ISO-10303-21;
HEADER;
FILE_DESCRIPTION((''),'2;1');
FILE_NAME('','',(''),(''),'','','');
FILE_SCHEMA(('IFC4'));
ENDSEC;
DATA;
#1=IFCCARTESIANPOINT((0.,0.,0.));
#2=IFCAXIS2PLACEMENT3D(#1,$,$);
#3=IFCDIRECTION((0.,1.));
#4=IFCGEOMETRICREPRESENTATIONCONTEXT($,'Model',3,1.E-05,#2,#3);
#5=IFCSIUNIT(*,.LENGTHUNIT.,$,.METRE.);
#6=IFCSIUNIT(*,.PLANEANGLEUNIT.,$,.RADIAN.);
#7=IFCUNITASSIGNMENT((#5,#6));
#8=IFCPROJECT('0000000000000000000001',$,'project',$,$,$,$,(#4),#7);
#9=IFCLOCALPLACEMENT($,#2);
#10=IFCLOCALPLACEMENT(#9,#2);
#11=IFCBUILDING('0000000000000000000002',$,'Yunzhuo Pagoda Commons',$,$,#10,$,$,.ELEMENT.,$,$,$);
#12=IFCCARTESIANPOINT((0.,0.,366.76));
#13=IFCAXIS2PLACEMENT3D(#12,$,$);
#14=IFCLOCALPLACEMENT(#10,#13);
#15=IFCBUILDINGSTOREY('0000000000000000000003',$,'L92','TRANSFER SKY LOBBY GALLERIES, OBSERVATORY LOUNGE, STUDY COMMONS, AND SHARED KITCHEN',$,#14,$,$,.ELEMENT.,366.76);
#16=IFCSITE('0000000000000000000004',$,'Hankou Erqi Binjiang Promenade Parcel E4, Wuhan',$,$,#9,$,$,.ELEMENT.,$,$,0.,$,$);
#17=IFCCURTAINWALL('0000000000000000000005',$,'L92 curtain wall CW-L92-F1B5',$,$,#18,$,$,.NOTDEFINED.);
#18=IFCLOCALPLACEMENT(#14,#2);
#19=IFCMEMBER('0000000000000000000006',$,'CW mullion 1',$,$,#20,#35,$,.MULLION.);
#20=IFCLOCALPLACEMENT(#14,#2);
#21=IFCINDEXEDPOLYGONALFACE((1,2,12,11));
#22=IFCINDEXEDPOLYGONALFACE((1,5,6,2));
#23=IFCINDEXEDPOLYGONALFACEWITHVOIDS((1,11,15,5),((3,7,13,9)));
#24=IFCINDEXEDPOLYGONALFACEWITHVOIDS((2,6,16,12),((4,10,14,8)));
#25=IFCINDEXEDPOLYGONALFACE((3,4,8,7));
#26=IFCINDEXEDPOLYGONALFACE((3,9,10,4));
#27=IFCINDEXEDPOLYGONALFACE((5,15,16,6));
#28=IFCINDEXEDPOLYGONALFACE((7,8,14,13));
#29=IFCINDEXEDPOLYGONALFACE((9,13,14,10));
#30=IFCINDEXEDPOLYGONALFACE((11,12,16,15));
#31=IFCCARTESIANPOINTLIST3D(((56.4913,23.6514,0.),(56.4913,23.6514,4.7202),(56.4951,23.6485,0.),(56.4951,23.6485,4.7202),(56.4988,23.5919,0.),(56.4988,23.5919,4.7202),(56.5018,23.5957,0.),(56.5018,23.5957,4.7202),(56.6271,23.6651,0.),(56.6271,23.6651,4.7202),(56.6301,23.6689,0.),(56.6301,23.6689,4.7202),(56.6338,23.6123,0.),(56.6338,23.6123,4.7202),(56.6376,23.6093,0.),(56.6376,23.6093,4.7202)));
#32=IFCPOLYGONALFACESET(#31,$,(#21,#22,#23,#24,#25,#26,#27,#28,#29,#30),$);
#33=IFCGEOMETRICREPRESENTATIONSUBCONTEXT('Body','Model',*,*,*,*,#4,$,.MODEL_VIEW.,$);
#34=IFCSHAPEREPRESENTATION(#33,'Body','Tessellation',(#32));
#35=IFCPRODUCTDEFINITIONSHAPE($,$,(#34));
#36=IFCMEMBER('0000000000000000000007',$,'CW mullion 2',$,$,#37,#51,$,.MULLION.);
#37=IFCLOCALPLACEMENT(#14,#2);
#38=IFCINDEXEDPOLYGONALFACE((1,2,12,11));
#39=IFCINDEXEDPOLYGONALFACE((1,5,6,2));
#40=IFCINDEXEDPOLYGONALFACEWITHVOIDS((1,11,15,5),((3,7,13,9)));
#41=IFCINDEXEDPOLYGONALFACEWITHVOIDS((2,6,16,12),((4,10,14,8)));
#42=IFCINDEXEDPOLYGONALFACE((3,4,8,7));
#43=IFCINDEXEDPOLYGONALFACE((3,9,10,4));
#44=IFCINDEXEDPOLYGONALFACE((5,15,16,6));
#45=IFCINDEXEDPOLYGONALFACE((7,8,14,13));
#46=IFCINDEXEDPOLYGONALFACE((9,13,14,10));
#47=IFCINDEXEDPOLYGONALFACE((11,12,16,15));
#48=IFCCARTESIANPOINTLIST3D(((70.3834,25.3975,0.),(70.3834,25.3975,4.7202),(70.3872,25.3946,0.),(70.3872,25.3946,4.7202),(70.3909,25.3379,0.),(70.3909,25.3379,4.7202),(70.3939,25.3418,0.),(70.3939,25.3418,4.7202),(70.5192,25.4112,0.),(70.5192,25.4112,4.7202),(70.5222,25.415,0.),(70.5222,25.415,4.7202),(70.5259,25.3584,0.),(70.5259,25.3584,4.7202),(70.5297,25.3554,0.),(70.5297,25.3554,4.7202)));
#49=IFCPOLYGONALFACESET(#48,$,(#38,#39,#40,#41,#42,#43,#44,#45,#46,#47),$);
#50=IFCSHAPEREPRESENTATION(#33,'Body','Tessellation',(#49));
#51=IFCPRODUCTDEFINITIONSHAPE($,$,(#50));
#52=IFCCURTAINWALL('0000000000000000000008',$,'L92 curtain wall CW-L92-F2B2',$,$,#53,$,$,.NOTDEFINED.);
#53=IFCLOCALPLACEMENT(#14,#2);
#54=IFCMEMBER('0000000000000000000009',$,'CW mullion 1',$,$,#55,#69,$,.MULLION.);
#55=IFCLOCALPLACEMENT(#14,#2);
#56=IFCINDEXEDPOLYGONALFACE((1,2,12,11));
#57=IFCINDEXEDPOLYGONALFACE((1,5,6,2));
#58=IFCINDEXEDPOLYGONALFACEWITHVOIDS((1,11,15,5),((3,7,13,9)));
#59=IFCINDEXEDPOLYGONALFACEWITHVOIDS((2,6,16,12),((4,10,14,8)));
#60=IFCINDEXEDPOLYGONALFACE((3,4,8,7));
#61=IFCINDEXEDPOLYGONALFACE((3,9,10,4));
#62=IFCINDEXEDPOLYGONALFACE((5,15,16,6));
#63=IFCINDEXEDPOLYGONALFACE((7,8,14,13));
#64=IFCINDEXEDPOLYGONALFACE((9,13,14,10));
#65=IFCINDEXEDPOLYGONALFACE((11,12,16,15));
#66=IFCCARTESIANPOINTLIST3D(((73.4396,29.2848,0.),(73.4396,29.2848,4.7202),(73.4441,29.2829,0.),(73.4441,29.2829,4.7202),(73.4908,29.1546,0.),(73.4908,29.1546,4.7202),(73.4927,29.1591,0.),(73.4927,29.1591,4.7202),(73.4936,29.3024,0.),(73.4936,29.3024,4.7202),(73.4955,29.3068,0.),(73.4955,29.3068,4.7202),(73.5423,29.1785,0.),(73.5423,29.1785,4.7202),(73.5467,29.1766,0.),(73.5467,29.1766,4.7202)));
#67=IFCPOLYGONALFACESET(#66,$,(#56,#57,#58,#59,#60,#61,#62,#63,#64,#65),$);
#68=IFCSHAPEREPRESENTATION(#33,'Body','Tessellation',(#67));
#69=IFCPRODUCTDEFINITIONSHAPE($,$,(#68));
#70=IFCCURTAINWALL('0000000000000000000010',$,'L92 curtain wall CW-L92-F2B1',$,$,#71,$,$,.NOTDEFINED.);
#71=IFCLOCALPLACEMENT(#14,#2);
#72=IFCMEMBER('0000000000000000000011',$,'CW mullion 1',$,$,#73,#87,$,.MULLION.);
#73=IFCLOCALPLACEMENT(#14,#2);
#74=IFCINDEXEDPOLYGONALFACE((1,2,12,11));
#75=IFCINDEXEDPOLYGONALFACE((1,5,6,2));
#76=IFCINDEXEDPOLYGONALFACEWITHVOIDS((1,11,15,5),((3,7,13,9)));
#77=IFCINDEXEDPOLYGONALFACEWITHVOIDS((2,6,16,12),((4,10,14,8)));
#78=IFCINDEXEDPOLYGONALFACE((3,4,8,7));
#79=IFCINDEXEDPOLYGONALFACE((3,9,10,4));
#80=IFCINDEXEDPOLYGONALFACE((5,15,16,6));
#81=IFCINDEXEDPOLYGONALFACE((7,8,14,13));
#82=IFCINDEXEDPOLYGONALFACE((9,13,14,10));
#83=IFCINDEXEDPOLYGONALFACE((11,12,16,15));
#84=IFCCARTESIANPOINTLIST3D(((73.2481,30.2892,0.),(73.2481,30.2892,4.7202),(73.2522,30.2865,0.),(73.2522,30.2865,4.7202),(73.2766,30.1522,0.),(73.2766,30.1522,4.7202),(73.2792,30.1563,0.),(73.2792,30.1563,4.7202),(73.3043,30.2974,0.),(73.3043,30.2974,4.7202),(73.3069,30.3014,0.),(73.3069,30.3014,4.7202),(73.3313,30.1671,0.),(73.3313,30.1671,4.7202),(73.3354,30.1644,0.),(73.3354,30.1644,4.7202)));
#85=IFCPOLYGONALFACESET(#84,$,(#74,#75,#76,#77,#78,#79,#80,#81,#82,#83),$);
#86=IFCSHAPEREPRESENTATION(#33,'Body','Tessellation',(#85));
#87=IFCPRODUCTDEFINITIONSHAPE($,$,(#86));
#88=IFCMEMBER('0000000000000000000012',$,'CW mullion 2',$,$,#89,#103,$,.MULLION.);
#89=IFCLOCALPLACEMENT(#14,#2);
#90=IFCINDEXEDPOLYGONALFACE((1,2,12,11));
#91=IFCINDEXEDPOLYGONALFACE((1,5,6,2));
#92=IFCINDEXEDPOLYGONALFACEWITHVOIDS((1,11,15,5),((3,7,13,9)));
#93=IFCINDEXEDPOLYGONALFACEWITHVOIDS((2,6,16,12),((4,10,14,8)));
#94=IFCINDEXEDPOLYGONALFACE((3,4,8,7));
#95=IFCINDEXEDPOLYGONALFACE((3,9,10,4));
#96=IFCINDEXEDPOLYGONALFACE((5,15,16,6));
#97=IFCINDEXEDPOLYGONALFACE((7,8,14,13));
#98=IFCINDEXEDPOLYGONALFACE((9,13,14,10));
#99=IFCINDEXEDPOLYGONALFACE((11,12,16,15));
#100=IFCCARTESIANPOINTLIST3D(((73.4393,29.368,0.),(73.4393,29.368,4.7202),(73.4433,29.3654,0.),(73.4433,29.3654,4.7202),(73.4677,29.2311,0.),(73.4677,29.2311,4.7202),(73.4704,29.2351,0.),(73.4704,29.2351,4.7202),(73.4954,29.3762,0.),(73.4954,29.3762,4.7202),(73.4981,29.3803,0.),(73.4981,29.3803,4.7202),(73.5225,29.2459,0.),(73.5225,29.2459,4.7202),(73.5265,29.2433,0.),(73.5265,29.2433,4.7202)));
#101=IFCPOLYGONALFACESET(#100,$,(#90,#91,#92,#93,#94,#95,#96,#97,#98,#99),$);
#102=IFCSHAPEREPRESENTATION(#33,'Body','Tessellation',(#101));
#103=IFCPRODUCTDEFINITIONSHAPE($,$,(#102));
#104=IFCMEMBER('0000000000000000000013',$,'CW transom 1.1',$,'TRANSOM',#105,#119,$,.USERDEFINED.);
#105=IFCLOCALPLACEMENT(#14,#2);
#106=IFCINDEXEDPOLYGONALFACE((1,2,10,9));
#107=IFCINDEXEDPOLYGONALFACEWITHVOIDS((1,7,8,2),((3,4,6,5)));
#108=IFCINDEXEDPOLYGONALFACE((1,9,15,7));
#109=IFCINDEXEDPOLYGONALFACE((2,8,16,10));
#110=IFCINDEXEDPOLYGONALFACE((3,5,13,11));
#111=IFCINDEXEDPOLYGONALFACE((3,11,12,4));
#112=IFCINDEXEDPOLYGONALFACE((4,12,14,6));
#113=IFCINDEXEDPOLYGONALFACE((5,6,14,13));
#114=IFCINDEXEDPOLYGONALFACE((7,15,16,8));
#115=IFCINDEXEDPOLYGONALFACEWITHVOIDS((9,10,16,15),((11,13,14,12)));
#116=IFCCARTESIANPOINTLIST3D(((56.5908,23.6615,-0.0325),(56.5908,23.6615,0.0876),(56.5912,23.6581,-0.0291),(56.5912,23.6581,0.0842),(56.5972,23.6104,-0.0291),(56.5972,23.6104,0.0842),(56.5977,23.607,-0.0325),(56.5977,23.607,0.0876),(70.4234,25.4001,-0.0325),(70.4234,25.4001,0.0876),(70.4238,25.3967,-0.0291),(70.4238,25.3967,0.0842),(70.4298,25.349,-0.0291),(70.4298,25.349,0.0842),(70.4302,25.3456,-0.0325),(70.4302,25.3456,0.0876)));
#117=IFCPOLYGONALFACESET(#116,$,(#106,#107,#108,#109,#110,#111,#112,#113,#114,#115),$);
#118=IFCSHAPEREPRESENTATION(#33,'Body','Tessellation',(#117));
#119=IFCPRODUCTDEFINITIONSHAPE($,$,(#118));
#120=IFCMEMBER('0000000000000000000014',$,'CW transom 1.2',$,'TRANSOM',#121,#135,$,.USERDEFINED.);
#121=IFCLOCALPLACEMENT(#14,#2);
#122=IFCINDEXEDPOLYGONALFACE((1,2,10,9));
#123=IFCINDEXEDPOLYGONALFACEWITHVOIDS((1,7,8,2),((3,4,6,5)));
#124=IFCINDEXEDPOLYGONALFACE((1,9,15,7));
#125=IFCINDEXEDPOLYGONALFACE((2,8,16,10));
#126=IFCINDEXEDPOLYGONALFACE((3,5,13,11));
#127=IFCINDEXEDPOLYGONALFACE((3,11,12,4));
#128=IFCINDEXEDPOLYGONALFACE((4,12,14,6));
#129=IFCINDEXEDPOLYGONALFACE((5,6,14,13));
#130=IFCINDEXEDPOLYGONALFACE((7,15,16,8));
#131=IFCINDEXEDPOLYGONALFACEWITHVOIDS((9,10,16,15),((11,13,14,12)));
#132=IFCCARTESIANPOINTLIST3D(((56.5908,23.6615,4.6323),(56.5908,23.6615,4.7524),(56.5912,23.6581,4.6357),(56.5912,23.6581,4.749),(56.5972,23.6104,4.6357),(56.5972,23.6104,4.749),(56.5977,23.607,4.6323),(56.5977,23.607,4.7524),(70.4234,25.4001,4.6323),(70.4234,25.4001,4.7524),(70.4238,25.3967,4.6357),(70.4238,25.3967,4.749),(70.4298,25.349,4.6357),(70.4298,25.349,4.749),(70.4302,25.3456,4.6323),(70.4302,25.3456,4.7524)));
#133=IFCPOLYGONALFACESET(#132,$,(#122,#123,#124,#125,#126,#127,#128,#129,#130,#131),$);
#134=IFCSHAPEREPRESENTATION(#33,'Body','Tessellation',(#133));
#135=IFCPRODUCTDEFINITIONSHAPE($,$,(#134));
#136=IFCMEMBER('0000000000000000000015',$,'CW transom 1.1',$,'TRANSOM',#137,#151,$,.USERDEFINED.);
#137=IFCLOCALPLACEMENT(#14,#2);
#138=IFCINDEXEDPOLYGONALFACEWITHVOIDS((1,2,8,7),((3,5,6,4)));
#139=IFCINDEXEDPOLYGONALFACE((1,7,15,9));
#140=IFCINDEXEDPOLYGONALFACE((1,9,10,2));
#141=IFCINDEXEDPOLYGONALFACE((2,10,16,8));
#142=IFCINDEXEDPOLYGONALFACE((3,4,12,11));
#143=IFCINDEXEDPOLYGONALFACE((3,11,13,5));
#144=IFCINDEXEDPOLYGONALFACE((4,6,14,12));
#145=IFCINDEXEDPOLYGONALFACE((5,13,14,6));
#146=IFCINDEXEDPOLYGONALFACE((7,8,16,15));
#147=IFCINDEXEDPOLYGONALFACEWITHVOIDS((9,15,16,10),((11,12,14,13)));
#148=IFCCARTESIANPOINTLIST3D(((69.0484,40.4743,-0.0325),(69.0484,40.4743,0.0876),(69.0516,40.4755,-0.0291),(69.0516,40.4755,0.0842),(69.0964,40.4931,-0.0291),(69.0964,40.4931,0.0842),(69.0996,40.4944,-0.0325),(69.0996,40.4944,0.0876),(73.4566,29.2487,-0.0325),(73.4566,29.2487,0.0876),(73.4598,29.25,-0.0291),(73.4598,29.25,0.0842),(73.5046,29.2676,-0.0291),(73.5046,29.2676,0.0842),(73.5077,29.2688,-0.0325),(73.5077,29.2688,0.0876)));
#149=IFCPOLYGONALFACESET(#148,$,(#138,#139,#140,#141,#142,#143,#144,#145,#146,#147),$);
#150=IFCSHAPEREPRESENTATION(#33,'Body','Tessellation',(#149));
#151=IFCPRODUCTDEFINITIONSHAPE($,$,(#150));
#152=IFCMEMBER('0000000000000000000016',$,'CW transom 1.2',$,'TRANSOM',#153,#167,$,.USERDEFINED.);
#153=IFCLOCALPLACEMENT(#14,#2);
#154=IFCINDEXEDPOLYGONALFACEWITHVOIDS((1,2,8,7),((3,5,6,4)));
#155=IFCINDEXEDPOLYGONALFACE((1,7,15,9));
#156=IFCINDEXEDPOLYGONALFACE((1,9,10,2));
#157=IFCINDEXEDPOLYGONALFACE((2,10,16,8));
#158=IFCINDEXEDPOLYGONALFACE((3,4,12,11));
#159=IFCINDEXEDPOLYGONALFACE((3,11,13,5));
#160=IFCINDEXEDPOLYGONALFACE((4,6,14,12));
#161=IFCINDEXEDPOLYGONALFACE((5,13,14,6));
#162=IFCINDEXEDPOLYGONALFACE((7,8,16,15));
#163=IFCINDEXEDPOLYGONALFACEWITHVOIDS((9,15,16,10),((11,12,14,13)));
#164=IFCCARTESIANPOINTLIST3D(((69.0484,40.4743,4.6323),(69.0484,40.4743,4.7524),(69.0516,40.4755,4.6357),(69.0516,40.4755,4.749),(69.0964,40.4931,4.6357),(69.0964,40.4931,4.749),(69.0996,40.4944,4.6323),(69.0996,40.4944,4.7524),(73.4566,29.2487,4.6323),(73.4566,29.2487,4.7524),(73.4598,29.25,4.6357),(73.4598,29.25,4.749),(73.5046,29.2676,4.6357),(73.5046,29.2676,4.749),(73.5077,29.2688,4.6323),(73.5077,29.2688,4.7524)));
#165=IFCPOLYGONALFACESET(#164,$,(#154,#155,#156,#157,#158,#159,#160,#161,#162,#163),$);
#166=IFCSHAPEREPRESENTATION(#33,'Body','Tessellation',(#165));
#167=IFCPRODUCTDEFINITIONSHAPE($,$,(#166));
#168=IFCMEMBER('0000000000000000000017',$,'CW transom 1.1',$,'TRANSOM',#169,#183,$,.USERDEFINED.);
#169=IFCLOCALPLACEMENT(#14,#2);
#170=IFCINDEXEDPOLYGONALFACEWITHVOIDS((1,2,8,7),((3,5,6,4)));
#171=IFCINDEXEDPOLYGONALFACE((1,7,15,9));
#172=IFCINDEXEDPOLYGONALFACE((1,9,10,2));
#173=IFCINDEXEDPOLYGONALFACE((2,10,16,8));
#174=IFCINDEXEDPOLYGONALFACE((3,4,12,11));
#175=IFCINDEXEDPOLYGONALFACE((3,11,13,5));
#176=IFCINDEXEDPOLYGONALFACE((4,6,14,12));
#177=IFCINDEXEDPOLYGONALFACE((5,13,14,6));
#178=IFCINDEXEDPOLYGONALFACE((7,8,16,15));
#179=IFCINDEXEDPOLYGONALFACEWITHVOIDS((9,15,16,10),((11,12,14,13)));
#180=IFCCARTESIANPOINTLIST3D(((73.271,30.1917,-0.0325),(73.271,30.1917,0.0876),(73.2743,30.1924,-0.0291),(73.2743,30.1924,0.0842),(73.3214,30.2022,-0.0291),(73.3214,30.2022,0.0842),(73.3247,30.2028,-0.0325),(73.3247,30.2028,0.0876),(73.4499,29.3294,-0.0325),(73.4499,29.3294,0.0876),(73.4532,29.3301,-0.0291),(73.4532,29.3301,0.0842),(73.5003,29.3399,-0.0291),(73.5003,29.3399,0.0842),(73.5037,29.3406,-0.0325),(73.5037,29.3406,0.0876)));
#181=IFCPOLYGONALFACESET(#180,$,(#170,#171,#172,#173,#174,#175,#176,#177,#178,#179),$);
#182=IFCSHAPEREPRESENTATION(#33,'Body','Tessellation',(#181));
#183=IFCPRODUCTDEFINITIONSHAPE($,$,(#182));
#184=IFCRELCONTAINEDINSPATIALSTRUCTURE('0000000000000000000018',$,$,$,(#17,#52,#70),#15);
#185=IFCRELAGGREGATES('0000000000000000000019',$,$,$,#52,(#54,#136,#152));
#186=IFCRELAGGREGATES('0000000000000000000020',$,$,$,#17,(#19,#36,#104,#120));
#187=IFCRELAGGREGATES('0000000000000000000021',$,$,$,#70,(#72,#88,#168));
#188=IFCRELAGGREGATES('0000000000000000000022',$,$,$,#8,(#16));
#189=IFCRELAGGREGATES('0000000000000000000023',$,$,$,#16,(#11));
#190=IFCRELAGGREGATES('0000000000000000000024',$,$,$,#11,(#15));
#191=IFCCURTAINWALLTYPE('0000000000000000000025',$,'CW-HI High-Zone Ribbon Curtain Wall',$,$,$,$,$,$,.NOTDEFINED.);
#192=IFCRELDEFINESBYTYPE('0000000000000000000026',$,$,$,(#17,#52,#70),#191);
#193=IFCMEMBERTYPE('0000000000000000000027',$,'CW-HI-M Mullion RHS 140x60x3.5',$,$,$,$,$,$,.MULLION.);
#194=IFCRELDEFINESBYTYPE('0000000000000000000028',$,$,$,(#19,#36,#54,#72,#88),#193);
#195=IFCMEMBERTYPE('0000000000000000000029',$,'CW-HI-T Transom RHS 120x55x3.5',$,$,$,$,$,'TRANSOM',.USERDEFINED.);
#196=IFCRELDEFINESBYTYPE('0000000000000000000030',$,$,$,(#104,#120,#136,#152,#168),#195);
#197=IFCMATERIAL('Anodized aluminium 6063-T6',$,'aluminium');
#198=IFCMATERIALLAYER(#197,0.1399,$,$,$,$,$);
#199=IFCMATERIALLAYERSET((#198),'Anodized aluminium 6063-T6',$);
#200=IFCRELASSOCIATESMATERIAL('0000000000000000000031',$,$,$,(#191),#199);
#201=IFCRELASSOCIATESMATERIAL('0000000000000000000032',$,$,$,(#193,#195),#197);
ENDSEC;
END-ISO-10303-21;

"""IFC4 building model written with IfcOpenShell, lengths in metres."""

from ifc_helpers import new_model, si_unit, direction, frame, origin, origin_2d, place, context, subcontext, project, spatial, hollow_rectangle, extrude, source, transform, mapped, material, layer, layer_set, material_profile, profile_set, type_object, element, aggregate, save


model = new_model("IFC4")

# Units and contexts
model_context = context("Model", 3, precision=1e-05, world=origin(), true_north=direction((0.0, 1.0)))
body_context = subcontext(model_context, "Body", "Model", "MODEL_VIEW")
ifc_project = project(units=[si_unit("LENGTHUNIT", "METRE"), si_unit("PLANEANGLEUNIT", "RADIAN")], contexts=[model_context])

# Site, building, storey
site_placement = place(None, origin())
site = spatial("IfcSite", under=ifc_project, at=site_placement, Name="Hankou Erqi Binjiang Promenade Parcel E4, Wuhan", CompositionType="ELEMENT", RefElevation=0.0)
building_placement = place(site_placement, origin())
building = spatial("IfcBuilding", under=site, at=building_placement, Name="Yunzhuo Pagoda Commons", CompositionType="ELEMENT")
storey_placement = place(building_placement, frame((0.0, 0.0, 366.76)))
storey = spatial("IfcBuildingStorey", under=building, at=storey_placement, Name="L92", Description="TRANSFER SKY LOBBY GALLERIES, OBSERVATORY LOUNGE, STUDY COMMONS, AND SHARED KITCHEN", CompositionType="ELEMENT", Elevation=366.76)

# Curtain wall, members
ifc_material_1 = material(Name="Anodized aluminium 6063-T6", Category="aluminium")
ifc_layer_1 = layer(ifc_material_1, 0.1399)
ifc_layer_set_1 = layer_set([ifc_layer_1], Name="Anodized aluminium 6063-T6")
curtain_wall_type = type_object("IfcCurtainWallType", Name="CW-HI High-Zone Ribbon Curtain Wall", PredefinedType="NOTDEFINED", material=ifc_layer_set_1)
curtain_wall_1_placement = place(storey_placement, origin())
curtain_wall_1 = element("IfcCurtainWall", 1, at=curtain_wall_1_placement, inside=storey, type_object=curtain_wall_type, Name="L92 curtain wall CW-L92-F1B5", PredefinedType="NOTDEFINED")
ifc_material_profile_1 = material_profile(ifc_material_1, hollow_rectangle(XDim=0.0601, YDim=0.1399, WallThickness=0.0034, at=origin_2d()), Name="Anodized aluminium 6063-T6")
ifc_profile_set_1 = profile_set([ifc_material_profile_1], Name="Anodized aluminium 6063-T6")
member_type_1 = type_object("IfcMemberType", Name="CW-HI-M Mullion RHS 140x60x3.5", PredefinedType="MULLION", material=ifc_profile_set_1)
shared_shape_1 = source(origin(), body_context, "Body", "SweptSolid", [
    extrude(hollow_rectangle(XDim=0.0601, YDim=0.1399, WallThickness=0.0034, at=origin_2d()), origin(), (0.0, 0.0, 1.0), 4.7202),
])
member_1_placement = place(storey_placement, frame((56.5645, 23.6304, 0.0), z_axis=(0.0, 0.0, 1.0), x_axis=(-0.124712, 0.992193, 0.0)))
member_1 = element("IfcMember", 2, at=member_1_placement, type_object=member_type_1, Name="CW mullion 1", PredefinedType="MULLION", context=body_context, shape_type="MappedRepresentation", body=[
    mapped(shared_shape_1, transform((0.0, 0.0, 0.0), scale=1.0)),
])
member_2_placement = place(storey_placement, frame((70.4565, 25.3765, 0.0), z_axis=(0.0, 0.0, 1.0), x_axis=(-0.124712, 0.992193, 0.0)))
member_2 = element("IfcMember", 3, at=member_2_placement, type_object=member_type_1, Name="CW mullion 2", PredefinedType="MULLION", context=body_context, shape_type="MappedRepresentation", body=[
    mapped(shared_shape_1, transform((0.0, 0.0, 0.0), scale=1.0)),
])

# Curtain wall, member
curtain_wall_2_placement = place(storey_placement, origin())
curtain_wall_2 = element("IfcCurtainWall", 4, at=curtain_wall_2_placement, inside=storey, type_object=curtain_wall_type, Name="L92 curtain wall CW-L92-F2B2", PredefinedType="NOTDEFINED")
member_3_placement = place(storey_placement, frame((73.4932, 29.2307, 0.0), z_axis=(0.0, 0.0, 1.0), x_axis=(-0.930803, -0.365522, 0.0)))
member_3 = element("IfcMember", 5, at=member_3_placement, type_object=member_type_1, Name="CW mullion 1", PredefinedType="MULLION", context=body_context, shape_type="MappedRepresentation", body=[
    mapped(shared_shape_1, transform((0.0, 0.0, 0.0), scale=1.0)),
])

# Curtain wall, members
curtain_wall_3_placement = place(storey_placement, origin())
curtain_wall_3 = element("IfcCurtainWall", 6, at=curtain_wall_3_placement, inside=storey, type_object=curtain_wall_type, Name="L92 curtain wall CW-L92-F2B1", PredefinedType="NOTDEFINED")
member_4_placement = place(storey_placement, frame((73.2917, 30.2268, 0.0), z_axis=(0.0, 0.0, 1.0), x_axis=(0.979141, 0.203184, 0.0)))
member_4 = element("IfcMember", 7, at=member_4_placement, type_object=member_type_1, Name="CW mullion 1", PredefinedType="MULLION", context=body_context, shape_type="MappedRepresentation", body=[
    mapped(shared_shape_1, transform((0.0, 0.0, 0.0), scale=1.0)),
])
member_5_placement = place(storey_placement, frame((73.4829, 29.3057, 0.0), z_axis=(0.0, 0.0, 1.0), x_axis=(0.979141, 0.203184, 0.0)))
member_5 = element("IfcMember", 8, at=member_5_placement, type_object=member_type_1, Name="CW mullion 2", PredefinedType="MULLION", context=body_context, shape_type="MappedRepresentation", body=[
    mapped(shared_shape_1, transform((0.0, 0.0, 0.0), scale=1.0)),
])

# Members
ifc_material_profile_2 = material_profile(ifc_material_1, hollow_rectangle(XDim=0.0549, YDim=0.1201, WallThickness=0.0034, at=origin_2d()), Name="Anodized aluminium 6063-T6")
ifc_profile_set_2 = profile_set([ifc_material_profile_2], Name="Anodized aluminium 6063-T6")
member_type_2 = type_object("IfcMemberType", Name="CW-HI-T Transom RHS 120x55x3.5", ElementType="TRANSOM", PredefinedType="USERDEFINED", material=ifc_profile_set_2)
shared_shape_2 = source(origin(), body_context, "Body", "SweptSolid", [
    extrude(hollow_rectangle(XDim=0.0549, YDim=0.1201, WallThickness=0.0034, at=origin_2d()), origin(), (0.0, 0.0, 1.0), 13.9414),
])
member_6_placement = place(storey_placement, frame((56.5942, 23.6343, 0.0276), z_axis=(0.992194, 0.124703, 0.0), x_axis=(-0.124703, 0.992194, 0.0)))
member_6 = element("IfcMember", 9, at=member_6_placement, type_object=member_type_2, Name="CW transom 1.1", ObjectType="TRANSOM", PredefinedType="USERDEFINED", context=body_context, shape_type="MappedRepresentation", body=[
    mapped(shared_shape_2, transform((0.0, 0.0, 0.0), scale=1.0)),
])
member_7_placement = place(storey_placement, frame((56.5942, 23.6343, 4.6924), z_axis=(0.992194, 0.124703, 0.0), x_axis=(-0.124703, 0.992194, 0.0)))
member_7 = element("IfcMember", 10, at=member_7_placement, type_object=member_type_2, Name="CW transom 1.2", ObjectType="TRANSOM", PredefinedType="USERDEFINED", context=body_context, shape_type="MappedRepresentation", body=[
    mapped(shared_shape_2, transform((0.0, 0.0, 0.0), scale=1.0)),
])
shared_shape_3 = source(origin(), body_context, "Body", "SweptSolid", [
    extrude(hollow_rectangle(XDim=0.0549, YDim=0.1201, WallThickness=0.0034, at=origin_2d()), origin(), (0.0, 0.0, 1.0), 12.0601),
])
member_8_placement = place(storey_placement, frame((73.4822, 29.2588, 0.0276), z_axis=(-0.36552, 0.930804, 0.0), x_axis=(-0.930804, -0.36552, 0.0)))
member_8 = element("IfcMember", 11, at=member_8_placement, type_object=member_type_2, Name="CW transom 1.1", ObjectType="TRANSOM", PredefinedType="USERDEFINED", context=body_context, shape_type="MappedRepresentation", body=[
    mapped(shared_shape_3, transform((0.0, 0.0, 0.0), scale=1.0)),
])
member_9_placement = place(storey_placement, frame((73.4822, 29.2588, 4.6924), z_axis=(-0.36552, 0.930804, 0.0), x_axis=(-0.930804, -0.36552, 0.0)))
member_9 = element("IfcMember", 12, at=member_9_placement, type_object=member_type_2, Name="CW transom 1.2", ObjectType="TRANSOM", PredefinedType="USERDEFINED", context=body_context, shape_type="MappedRepresentation", body=[
    mapped(shared_shape_3, transform((0.0, 0.0, 0.0), scale=1.0)),
])
aggregate(curtain_wall_2, [member_3, member_8, member_9])
shared_shape_4 = source(origin(), body_context, "Body", "SweptSolid", [
    extrude(hollow_rectangle(XDim=0.0549, YDim=0.1201, WallThickness=0.0034, at=origin_2d()), origin(), (0.0, 0.0, 1.0), 0.8806),
])
member_10_placement = place(storey_placement, frame((73.2979, 30.1973, 0.0276), z_axis=(0.203201, -0.979137, 0.0), x_axis=(0.979137, 0.203201, 0.0)))
member_10 = element("IfcMember", 13, at=member_10_placement, type_object=member_type_2, Name="CW transom 1.1", ObjectType="TRANSOM", PredefinedType="USERDEFINED", context=body_context, shape_type="MappedRepresentation", body=[
    mapped(shared_shape_4, transform((0.0, 0.0, 0.0), scale=1.0)),
])

aggregate(curtain_wall_1, [member_1, member_2, member_6, member_7])
aggregate(curtain_wall_3, [member_4, member_5, member_10])

save(model, "model.ifc")
